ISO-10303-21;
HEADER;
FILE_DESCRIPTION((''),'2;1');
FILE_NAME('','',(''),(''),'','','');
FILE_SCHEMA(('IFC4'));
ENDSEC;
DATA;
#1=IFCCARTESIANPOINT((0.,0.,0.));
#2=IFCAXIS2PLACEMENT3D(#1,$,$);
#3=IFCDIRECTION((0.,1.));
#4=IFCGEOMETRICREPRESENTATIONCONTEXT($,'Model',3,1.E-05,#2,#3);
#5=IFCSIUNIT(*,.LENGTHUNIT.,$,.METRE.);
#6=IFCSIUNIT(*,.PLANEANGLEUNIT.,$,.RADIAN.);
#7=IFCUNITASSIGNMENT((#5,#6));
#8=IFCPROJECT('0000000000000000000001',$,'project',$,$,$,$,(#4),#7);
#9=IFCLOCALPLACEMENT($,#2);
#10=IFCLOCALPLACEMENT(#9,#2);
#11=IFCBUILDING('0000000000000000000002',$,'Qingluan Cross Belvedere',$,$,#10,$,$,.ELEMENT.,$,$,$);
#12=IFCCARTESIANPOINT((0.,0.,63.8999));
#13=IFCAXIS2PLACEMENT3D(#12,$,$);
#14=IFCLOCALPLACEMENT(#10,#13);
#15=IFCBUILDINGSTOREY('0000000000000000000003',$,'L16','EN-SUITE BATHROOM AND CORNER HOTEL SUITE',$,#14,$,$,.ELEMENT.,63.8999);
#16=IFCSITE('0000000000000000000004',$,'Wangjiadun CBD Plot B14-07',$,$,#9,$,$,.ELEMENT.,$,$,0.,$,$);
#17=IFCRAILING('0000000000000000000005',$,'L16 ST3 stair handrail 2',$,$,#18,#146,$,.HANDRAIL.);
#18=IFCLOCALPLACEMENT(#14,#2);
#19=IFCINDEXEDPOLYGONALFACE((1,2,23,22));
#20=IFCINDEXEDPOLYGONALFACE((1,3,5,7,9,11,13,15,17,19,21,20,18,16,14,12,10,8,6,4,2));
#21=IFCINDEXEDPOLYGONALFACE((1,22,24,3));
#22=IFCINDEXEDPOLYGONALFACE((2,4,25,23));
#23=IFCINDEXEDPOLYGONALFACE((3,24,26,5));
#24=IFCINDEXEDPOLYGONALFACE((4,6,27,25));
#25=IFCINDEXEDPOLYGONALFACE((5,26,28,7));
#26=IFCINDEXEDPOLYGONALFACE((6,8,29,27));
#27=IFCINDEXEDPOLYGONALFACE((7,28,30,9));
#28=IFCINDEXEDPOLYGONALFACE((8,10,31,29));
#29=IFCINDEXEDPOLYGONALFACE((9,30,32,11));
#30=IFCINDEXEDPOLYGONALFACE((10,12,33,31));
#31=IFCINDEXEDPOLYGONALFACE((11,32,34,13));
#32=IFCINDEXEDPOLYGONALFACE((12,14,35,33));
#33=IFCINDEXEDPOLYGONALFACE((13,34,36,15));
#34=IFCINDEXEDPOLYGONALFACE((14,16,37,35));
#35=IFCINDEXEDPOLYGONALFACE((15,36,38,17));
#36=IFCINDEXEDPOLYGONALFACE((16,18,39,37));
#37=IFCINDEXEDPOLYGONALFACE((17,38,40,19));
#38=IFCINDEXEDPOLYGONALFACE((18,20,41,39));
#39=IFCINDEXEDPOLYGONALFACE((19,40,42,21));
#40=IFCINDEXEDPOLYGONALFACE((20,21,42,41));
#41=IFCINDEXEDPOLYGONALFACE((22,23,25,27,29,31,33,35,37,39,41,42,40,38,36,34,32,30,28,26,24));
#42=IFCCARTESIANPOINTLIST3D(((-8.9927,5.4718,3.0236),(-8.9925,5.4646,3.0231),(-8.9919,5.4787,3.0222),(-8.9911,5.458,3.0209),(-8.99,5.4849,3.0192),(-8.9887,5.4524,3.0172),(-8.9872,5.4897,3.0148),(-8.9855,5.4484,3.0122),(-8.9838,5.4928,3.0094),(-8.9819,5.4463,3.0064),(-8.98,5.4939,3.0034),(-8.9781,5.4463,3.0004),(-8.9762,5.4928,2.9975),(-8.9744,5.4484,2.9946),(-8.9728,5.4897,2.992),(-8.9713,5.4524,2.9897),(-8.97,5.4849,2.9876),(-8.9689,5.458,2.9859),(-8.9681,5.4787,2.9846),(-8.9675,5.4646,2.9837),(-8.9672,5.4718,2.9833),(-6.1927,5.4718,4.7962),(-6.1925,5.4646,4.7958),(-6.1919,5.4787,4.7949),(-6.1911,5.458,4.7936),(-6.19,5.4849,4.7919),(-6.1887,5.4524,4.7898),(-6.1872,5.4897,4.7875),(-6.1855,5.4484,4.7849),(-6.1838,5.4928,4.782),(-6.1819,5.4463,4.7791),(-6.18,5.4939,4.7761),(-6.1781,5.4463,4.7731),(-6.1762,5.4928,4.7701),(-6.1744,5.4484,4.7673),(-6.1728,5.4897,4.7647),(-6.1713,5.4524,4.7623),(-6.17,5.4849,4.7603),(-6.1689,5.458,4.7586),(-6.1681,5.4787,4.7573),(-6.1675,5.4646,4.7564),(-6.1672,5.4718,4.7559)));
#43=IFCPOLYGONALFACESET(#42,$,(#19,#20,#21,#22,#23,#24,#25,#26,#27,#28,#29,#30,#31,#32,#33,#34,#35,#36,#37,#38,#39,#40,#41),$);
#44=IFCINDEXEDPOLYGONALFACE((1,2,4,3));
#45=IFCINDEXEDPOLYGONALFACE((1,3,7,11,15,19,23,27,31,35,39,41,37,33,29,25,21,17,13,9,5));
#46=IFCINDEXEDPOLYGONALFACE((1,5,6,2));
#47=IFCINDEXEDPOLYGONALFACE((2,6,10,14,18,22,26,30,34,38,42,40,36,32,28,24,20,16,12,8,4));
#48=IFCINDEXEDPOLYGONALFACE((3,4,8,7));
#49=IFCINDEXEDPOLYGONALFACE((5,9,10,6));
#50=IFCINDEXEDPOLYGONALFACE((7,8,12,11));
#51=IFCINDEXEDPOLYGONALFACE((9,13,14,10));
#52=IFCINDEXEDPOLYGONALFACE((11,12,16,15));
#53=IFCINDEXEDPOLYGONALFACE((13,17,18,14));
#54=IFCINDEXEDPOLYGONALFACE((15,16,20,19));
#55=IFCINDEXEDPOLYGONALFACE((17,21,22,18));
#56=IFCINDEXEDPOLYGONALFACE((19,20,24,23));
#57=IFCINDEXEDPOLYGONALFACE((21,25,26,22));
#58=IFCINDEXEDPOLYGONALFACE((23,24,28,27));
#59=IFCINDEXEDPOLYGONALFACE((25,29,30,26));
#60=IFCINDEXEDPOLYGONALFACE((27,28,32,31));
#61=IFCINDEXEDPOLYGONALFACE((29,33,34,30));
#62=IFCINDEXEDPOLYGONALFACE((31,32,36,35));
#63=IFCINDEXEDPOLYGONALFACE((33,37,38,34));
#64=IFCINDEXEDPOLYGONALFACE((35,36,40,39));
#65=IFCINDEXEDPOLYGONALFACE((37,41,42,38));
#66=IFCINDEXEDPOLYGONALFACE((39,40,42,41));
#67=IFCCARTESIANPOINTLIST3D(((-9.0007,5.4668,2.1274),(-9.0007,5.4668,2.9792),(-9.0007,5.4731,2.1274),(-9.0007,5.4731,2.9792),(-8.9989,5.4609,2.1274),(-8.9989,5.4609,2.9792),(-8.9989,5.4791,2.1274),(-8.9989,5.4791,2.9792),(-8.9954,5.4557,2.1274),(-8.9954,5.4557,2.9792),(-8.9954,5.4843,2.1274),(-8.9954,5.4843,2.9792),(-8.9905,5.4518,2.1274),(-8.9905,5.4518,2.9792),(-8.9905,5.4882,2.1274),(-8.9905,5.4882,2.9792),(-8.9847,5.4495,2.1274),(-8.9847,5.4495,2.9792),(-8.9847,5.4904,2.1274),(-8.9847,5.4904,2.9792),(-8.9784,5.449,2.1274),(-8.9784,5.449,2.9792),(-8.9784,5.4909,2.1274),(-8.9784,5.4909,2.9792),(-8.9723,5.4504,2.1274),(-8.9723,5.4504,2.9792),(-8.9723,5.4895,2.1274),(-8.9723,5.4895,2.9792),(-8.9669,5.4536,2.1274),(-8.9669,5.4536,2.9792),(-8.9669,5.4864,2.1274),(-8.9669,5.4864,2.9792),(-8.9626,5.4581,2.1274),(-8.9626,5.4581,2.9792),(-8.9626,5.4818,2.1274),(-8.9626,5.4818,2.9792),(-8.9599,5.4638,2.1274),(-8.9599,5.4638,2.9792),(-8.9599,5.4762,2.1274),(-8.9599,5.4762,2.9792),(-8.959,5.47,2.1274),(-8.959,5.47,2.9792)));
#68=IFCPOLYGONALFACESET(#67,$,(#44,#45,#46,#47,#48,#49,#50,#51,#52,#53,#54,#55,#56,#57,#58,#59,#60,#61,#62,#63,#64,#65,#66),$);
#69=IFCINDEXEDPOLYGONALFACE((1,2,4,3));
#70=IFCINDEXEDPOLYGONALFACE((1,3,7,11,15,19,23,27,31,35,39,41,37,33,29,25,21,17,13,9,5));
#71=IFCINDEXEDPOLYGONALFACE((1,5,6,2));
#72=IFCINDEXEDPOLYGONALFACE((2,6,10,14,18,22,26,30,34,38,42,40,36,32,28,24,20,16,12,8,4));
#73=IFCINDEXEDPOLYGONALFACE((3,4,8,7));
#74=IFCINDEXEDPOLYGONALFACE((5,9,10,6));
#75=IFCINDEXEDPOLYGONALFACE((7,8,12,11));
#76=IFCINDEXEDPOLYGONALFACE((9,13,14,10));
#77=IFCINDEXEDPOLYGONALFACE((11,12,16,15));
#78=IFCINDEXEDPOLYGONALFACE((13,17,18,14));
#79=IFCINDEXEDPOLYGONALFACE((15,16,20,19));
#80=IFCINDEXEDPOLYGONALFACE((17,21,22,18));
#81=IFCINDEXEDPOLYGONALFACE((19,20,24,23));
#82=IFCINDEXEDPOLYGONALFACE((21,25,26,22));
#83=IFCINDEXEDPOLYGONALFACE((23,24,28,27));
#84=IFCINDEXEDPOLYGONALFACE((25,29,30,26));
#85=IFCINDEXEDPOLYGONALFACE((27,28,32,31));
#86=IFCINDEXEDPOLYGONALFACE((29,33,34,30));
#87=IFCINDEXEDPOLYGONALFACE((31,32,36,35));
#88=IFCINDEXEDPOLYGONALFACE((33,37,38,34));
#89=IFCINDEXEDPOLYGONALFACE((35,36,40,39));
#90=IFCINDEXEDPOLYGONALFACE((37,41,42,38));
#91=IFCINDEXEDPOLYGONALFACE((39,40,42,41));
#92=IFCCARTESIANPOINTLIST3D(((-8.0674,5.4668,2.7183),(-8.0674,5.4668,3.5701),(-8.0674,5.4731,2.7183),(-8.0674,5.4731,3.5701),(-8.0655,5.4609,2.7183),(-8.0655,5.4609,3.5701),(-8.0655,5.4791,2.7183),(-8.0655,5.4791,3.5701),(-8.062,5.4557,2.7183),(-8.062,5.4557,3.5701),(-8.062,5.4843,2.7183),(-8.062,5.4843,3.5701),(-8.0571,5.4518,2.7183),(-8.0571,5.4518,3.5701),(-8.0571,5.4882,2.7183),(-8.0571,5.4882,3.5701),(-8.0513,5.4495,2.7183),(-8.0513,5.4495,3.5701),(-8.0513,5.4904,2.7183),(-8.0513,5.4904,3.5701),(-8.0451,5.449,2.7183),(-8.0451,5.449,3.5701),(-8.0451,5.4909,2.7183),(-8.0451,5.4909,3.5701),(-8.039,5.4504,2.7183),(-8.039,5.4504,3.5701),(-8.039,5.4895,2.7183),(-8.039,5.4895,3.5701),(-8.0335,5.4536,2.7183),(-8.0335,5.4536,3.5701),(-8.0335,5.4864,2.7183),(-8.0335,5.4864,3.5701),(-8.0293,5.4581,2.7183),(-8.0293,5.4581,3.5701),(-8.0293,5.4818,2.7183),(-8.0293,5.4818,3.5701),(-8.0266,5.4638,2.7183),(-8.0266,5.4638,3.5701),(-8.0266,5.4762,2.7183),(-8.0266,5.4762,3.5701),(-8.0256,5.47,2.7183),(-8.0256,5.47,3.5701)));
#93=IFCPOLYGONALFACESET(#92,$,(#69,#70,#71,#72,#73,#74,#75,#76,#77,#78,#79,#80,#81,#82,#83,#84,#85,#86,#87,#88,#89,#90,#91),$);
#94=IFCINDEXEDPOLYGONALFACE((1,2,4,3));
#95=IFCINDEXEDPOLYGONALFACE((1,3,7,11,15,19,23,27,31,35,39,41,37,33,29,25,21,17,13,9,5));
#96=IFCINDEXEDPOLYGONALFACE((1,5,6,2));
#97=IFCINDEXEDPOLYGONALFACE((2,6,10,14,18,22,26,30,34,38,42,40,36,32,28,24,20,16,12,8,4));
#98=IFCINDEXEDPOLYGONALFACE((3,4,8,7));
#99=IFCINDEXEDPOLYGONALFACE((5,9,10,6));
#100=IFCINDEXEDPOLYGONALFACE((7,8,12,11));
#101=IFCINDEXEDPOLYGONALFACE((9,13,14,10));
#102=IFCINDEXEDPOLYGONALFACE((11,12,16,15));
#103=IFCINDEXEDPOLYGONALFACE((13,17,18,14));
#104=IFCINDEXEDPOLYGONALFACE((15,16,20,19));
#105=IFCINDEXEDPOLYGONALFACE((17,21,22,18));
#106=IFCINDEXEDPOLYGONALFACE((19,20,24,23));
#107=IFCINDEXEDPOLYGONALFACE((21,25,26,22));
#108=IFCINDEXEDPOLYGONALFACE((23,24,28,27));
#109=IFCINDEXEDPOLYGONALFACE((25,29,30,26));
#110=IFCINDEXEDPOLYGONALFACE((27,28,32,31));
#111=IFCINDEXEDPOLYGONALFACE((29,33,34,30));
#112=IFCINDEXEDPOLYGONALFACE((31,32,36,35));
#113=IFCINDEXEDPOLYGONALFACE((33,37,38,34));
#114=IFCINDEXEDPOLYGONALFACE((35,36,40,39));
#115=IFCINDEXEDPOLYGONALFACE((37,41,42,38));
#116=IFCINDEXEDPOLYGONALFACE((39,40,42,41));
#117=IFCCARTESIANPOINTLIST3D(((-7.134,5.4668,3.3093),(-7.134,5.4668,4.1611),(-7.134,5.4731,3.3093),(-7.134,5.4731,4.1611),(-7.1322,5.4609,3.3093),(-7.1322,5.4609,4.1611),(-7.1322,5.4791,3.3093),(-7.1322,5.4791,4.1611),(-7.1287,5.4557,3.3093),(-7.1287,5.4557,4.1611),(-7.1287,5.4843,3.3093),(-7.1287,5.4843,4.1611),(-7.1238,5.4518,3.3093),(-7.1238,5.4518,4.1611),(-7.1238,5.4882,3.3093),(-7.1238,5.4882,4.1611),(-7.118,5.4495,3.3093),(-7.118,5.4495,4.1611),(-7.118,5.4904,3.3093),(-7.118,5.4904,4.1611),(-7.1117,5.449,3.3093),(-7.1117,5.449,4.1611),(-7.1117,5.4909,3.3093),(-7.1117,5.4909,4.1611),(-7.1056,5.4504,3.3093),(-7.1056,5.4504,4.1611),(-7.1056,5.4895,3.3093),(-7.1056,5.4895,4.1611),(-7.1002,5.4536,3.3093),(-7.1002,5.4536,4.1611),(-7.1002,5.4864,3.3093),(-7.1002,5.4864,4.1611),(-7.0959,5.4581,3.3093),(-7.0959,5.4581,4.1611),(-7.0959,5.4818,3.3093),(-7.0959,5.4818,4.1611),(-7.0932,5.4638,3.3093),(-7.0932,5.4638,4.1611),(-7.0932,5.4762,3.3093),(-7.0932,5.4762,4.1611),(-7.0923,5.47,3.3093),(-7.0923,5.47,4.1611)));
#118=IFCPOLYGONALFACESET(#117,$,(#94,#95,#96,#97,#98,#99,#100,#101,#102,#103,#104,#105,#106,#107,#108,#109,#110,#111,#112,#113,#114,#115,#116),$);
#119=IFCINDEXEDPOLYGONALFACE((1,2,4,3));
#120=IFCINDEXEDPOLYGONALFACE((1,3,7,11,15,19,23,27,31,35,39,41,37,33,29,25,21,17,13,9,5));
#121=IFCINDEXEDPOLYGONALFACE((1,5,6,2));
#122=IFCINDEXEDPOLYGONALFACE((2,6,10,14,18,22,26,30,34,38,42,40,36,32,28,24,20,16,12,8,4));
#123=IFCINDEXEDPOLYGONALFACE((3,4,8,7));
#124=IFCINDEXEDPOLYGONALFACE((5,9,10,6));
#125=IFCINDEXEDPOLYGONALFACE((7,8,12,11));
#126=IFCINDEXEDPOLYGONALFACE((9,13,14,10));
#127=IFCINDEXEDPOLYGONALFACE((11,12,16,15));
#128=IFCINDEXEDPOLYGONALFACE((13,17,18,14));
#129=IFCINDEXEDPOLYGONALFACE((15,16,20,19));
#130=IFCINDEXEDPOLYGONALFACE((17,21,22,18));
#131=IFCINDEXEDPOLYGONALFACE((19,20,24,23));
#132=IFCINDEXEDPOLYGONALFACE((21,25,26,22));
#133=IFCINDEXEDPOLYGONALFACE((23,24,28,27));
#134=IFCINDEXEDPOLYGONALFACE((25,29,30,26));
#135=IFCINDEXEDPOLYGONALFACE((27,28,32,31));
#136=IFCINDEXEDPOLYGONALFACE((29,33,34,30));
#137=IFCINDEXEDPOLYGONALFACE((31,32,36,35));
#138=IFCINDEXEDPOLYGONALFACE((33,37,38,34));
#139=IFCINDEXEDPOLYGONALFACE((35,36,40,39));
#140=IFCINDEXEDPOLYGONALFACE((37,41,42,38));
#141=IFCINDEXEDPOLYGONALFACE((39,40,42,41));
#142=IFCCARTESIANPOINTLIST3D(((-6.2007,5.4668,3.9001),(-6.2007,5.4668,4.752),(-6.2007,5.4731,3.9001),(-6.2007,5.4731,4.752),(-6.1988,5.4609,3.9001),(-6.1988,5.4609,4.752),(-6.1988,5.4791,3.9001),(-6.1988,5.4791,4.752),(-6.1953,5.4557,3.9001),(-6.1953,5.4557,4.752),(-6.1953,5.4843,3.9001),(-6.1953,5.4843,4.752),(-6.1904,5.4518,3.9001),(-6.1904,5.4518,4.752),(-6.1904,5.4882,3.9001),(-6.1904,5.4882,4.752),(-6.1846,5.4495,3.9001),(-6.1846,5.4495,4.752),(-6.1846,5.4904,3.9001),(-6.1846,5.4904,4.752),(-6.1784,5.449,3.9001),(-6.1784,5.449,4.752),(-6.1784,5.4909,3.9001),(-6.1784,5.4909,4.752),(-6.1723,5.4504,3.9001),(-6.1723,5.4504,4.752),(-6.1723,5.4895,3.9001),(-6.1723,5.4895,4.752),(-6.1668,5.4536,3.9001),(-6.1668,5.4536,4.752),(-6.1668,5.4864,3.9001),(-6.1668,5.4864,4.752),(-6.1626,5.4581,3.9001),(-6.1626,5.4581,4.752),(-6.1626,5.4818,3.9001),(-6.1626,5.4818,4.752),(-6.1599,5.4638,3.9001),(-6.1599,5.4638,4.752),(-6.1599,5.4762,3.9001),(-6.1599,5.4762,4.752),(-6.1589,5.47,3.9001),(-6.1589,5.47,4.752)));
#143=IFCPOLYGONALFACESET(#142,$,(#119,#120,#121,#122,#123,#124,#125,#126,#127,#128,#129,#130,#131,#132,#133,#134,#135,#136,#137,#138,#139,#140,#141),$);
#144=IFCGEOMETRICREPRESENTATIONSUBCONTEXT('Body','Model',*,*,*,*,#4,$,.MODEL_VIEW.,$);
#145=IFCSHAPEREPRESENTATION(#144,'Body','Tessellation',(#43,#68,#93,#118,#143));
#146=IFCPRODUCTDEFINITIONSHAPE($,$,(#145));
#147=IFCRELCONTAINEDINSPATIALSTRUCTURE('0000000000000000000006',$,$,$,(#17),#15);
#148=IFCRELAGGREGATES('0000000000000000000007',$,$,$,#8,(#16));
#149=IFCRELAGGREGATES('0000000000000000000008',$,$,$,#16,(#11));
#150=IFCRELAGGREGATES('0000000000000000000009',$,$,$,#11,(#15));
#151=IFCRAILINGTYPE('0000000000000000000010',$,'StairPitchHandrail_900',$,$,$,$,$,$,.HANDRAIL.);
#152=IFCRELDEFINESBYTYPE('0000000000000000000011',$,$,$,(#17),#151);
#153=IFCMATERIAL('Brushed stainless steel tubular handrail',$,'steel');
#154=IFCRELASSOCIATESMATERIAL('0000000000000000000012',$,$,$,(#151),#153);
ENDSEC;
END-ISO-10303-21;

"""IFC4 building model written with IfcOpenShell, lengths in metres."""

from ifc_helpers import new_model, si_unit, direction, frame, origin, origin_2d, place, context, subcontext, project, spatial, circle, extrude, material, type_object, element, save


model = new_model("IFC4")

# Units and contexts
model_context = context("Model", 3, precision=1e-05, world=origin(), true_north=direction((0.0, 1.0)))
body_context = subcontext(model_context, "Body", "Model", "MODEL_VIEW")
ifc_project = project(units=[si_unit("LENGTHUNIT", "METRE"), si_unit("PLANEANGLEUNIT", "RADIAN")], contexts=[model_context])

# Site, building, storey
site_placement = place(None, origin())
site = spatial("IfcSite", under=ifc_project, at=site_placement, Name="Wangjiadun CBD Plot B14-07", CompositionType="ELEMENT", RefElevation=0.0)
building_placement = place(site_placement, origin())
building = spatial("IfcBuilding", under=site, at=building_placement, Name="Qingluan Cross Belvedere", CompositionType="ELEMENT")
storey_placement = place(building_placement, frame((0.0, 0.0, 63.8999)))
storey = spatial("IfcBuildingStorey", under=building, at=storey_placement, Name="L16", Description="EN-SUITE BATHROOM AND CORNER HOTEL SUITE", CompositionType="ELEMENT", Elevation=63.8999)

# Railing
ifc_material_1 = material(Name="Brushed stainless steel tubular handrail", Category="steel")
railing_type_1 = type_object("IfcRailingType", Name="StairPitchHandrail_900", PredefinedType="HANDRAIL", material=ifc_material_1)
railing_1_placement = place(storey_placement, frame((-8.98, 5.47, 2.1274)))
element("IfcRailing", 1, at=railing_1_placement, inside=storey, type_object=railing_type_1, Name="L16 ST3 stair handrail 2", PredefinedType="HANDRAIL", context=body_context, shape_type="SweptSolid", body=[
    extrude(circle(Radius=0.0239, at=origin_2d()), frame((0.0, 0.0, 0.876), z_axis=(0.844909, 0.0, 0.53491), x_axis=(0.0, 1.0, 0.0)), (0.0, 0.0, 1.0), 3.314),
    extrude(circle(Radius=0.021, at=origin_2d()), origin(), (0.0, 0.0, 1.0), 0.8518),
    extrude(circle(Radius=0.021, at=origin_2d()), frame((0.9333, 0.0, 0.5908)), (0.0, 0.0, 1.0), 0.8518),
    extrude(circle(Radius=0.021, at=origin_2d()), frame((1.8667, 0.0, 1.1819)), (0.0, 0.0, 1.0), 0.8518),
    extrude(circle(Radius=0.021, at=origin_2d()), frame((2.8, 0.0, 1.7727)), (0.0, 0.0, 1.0), 0.8518),
])

save(model, "model.ifc")
